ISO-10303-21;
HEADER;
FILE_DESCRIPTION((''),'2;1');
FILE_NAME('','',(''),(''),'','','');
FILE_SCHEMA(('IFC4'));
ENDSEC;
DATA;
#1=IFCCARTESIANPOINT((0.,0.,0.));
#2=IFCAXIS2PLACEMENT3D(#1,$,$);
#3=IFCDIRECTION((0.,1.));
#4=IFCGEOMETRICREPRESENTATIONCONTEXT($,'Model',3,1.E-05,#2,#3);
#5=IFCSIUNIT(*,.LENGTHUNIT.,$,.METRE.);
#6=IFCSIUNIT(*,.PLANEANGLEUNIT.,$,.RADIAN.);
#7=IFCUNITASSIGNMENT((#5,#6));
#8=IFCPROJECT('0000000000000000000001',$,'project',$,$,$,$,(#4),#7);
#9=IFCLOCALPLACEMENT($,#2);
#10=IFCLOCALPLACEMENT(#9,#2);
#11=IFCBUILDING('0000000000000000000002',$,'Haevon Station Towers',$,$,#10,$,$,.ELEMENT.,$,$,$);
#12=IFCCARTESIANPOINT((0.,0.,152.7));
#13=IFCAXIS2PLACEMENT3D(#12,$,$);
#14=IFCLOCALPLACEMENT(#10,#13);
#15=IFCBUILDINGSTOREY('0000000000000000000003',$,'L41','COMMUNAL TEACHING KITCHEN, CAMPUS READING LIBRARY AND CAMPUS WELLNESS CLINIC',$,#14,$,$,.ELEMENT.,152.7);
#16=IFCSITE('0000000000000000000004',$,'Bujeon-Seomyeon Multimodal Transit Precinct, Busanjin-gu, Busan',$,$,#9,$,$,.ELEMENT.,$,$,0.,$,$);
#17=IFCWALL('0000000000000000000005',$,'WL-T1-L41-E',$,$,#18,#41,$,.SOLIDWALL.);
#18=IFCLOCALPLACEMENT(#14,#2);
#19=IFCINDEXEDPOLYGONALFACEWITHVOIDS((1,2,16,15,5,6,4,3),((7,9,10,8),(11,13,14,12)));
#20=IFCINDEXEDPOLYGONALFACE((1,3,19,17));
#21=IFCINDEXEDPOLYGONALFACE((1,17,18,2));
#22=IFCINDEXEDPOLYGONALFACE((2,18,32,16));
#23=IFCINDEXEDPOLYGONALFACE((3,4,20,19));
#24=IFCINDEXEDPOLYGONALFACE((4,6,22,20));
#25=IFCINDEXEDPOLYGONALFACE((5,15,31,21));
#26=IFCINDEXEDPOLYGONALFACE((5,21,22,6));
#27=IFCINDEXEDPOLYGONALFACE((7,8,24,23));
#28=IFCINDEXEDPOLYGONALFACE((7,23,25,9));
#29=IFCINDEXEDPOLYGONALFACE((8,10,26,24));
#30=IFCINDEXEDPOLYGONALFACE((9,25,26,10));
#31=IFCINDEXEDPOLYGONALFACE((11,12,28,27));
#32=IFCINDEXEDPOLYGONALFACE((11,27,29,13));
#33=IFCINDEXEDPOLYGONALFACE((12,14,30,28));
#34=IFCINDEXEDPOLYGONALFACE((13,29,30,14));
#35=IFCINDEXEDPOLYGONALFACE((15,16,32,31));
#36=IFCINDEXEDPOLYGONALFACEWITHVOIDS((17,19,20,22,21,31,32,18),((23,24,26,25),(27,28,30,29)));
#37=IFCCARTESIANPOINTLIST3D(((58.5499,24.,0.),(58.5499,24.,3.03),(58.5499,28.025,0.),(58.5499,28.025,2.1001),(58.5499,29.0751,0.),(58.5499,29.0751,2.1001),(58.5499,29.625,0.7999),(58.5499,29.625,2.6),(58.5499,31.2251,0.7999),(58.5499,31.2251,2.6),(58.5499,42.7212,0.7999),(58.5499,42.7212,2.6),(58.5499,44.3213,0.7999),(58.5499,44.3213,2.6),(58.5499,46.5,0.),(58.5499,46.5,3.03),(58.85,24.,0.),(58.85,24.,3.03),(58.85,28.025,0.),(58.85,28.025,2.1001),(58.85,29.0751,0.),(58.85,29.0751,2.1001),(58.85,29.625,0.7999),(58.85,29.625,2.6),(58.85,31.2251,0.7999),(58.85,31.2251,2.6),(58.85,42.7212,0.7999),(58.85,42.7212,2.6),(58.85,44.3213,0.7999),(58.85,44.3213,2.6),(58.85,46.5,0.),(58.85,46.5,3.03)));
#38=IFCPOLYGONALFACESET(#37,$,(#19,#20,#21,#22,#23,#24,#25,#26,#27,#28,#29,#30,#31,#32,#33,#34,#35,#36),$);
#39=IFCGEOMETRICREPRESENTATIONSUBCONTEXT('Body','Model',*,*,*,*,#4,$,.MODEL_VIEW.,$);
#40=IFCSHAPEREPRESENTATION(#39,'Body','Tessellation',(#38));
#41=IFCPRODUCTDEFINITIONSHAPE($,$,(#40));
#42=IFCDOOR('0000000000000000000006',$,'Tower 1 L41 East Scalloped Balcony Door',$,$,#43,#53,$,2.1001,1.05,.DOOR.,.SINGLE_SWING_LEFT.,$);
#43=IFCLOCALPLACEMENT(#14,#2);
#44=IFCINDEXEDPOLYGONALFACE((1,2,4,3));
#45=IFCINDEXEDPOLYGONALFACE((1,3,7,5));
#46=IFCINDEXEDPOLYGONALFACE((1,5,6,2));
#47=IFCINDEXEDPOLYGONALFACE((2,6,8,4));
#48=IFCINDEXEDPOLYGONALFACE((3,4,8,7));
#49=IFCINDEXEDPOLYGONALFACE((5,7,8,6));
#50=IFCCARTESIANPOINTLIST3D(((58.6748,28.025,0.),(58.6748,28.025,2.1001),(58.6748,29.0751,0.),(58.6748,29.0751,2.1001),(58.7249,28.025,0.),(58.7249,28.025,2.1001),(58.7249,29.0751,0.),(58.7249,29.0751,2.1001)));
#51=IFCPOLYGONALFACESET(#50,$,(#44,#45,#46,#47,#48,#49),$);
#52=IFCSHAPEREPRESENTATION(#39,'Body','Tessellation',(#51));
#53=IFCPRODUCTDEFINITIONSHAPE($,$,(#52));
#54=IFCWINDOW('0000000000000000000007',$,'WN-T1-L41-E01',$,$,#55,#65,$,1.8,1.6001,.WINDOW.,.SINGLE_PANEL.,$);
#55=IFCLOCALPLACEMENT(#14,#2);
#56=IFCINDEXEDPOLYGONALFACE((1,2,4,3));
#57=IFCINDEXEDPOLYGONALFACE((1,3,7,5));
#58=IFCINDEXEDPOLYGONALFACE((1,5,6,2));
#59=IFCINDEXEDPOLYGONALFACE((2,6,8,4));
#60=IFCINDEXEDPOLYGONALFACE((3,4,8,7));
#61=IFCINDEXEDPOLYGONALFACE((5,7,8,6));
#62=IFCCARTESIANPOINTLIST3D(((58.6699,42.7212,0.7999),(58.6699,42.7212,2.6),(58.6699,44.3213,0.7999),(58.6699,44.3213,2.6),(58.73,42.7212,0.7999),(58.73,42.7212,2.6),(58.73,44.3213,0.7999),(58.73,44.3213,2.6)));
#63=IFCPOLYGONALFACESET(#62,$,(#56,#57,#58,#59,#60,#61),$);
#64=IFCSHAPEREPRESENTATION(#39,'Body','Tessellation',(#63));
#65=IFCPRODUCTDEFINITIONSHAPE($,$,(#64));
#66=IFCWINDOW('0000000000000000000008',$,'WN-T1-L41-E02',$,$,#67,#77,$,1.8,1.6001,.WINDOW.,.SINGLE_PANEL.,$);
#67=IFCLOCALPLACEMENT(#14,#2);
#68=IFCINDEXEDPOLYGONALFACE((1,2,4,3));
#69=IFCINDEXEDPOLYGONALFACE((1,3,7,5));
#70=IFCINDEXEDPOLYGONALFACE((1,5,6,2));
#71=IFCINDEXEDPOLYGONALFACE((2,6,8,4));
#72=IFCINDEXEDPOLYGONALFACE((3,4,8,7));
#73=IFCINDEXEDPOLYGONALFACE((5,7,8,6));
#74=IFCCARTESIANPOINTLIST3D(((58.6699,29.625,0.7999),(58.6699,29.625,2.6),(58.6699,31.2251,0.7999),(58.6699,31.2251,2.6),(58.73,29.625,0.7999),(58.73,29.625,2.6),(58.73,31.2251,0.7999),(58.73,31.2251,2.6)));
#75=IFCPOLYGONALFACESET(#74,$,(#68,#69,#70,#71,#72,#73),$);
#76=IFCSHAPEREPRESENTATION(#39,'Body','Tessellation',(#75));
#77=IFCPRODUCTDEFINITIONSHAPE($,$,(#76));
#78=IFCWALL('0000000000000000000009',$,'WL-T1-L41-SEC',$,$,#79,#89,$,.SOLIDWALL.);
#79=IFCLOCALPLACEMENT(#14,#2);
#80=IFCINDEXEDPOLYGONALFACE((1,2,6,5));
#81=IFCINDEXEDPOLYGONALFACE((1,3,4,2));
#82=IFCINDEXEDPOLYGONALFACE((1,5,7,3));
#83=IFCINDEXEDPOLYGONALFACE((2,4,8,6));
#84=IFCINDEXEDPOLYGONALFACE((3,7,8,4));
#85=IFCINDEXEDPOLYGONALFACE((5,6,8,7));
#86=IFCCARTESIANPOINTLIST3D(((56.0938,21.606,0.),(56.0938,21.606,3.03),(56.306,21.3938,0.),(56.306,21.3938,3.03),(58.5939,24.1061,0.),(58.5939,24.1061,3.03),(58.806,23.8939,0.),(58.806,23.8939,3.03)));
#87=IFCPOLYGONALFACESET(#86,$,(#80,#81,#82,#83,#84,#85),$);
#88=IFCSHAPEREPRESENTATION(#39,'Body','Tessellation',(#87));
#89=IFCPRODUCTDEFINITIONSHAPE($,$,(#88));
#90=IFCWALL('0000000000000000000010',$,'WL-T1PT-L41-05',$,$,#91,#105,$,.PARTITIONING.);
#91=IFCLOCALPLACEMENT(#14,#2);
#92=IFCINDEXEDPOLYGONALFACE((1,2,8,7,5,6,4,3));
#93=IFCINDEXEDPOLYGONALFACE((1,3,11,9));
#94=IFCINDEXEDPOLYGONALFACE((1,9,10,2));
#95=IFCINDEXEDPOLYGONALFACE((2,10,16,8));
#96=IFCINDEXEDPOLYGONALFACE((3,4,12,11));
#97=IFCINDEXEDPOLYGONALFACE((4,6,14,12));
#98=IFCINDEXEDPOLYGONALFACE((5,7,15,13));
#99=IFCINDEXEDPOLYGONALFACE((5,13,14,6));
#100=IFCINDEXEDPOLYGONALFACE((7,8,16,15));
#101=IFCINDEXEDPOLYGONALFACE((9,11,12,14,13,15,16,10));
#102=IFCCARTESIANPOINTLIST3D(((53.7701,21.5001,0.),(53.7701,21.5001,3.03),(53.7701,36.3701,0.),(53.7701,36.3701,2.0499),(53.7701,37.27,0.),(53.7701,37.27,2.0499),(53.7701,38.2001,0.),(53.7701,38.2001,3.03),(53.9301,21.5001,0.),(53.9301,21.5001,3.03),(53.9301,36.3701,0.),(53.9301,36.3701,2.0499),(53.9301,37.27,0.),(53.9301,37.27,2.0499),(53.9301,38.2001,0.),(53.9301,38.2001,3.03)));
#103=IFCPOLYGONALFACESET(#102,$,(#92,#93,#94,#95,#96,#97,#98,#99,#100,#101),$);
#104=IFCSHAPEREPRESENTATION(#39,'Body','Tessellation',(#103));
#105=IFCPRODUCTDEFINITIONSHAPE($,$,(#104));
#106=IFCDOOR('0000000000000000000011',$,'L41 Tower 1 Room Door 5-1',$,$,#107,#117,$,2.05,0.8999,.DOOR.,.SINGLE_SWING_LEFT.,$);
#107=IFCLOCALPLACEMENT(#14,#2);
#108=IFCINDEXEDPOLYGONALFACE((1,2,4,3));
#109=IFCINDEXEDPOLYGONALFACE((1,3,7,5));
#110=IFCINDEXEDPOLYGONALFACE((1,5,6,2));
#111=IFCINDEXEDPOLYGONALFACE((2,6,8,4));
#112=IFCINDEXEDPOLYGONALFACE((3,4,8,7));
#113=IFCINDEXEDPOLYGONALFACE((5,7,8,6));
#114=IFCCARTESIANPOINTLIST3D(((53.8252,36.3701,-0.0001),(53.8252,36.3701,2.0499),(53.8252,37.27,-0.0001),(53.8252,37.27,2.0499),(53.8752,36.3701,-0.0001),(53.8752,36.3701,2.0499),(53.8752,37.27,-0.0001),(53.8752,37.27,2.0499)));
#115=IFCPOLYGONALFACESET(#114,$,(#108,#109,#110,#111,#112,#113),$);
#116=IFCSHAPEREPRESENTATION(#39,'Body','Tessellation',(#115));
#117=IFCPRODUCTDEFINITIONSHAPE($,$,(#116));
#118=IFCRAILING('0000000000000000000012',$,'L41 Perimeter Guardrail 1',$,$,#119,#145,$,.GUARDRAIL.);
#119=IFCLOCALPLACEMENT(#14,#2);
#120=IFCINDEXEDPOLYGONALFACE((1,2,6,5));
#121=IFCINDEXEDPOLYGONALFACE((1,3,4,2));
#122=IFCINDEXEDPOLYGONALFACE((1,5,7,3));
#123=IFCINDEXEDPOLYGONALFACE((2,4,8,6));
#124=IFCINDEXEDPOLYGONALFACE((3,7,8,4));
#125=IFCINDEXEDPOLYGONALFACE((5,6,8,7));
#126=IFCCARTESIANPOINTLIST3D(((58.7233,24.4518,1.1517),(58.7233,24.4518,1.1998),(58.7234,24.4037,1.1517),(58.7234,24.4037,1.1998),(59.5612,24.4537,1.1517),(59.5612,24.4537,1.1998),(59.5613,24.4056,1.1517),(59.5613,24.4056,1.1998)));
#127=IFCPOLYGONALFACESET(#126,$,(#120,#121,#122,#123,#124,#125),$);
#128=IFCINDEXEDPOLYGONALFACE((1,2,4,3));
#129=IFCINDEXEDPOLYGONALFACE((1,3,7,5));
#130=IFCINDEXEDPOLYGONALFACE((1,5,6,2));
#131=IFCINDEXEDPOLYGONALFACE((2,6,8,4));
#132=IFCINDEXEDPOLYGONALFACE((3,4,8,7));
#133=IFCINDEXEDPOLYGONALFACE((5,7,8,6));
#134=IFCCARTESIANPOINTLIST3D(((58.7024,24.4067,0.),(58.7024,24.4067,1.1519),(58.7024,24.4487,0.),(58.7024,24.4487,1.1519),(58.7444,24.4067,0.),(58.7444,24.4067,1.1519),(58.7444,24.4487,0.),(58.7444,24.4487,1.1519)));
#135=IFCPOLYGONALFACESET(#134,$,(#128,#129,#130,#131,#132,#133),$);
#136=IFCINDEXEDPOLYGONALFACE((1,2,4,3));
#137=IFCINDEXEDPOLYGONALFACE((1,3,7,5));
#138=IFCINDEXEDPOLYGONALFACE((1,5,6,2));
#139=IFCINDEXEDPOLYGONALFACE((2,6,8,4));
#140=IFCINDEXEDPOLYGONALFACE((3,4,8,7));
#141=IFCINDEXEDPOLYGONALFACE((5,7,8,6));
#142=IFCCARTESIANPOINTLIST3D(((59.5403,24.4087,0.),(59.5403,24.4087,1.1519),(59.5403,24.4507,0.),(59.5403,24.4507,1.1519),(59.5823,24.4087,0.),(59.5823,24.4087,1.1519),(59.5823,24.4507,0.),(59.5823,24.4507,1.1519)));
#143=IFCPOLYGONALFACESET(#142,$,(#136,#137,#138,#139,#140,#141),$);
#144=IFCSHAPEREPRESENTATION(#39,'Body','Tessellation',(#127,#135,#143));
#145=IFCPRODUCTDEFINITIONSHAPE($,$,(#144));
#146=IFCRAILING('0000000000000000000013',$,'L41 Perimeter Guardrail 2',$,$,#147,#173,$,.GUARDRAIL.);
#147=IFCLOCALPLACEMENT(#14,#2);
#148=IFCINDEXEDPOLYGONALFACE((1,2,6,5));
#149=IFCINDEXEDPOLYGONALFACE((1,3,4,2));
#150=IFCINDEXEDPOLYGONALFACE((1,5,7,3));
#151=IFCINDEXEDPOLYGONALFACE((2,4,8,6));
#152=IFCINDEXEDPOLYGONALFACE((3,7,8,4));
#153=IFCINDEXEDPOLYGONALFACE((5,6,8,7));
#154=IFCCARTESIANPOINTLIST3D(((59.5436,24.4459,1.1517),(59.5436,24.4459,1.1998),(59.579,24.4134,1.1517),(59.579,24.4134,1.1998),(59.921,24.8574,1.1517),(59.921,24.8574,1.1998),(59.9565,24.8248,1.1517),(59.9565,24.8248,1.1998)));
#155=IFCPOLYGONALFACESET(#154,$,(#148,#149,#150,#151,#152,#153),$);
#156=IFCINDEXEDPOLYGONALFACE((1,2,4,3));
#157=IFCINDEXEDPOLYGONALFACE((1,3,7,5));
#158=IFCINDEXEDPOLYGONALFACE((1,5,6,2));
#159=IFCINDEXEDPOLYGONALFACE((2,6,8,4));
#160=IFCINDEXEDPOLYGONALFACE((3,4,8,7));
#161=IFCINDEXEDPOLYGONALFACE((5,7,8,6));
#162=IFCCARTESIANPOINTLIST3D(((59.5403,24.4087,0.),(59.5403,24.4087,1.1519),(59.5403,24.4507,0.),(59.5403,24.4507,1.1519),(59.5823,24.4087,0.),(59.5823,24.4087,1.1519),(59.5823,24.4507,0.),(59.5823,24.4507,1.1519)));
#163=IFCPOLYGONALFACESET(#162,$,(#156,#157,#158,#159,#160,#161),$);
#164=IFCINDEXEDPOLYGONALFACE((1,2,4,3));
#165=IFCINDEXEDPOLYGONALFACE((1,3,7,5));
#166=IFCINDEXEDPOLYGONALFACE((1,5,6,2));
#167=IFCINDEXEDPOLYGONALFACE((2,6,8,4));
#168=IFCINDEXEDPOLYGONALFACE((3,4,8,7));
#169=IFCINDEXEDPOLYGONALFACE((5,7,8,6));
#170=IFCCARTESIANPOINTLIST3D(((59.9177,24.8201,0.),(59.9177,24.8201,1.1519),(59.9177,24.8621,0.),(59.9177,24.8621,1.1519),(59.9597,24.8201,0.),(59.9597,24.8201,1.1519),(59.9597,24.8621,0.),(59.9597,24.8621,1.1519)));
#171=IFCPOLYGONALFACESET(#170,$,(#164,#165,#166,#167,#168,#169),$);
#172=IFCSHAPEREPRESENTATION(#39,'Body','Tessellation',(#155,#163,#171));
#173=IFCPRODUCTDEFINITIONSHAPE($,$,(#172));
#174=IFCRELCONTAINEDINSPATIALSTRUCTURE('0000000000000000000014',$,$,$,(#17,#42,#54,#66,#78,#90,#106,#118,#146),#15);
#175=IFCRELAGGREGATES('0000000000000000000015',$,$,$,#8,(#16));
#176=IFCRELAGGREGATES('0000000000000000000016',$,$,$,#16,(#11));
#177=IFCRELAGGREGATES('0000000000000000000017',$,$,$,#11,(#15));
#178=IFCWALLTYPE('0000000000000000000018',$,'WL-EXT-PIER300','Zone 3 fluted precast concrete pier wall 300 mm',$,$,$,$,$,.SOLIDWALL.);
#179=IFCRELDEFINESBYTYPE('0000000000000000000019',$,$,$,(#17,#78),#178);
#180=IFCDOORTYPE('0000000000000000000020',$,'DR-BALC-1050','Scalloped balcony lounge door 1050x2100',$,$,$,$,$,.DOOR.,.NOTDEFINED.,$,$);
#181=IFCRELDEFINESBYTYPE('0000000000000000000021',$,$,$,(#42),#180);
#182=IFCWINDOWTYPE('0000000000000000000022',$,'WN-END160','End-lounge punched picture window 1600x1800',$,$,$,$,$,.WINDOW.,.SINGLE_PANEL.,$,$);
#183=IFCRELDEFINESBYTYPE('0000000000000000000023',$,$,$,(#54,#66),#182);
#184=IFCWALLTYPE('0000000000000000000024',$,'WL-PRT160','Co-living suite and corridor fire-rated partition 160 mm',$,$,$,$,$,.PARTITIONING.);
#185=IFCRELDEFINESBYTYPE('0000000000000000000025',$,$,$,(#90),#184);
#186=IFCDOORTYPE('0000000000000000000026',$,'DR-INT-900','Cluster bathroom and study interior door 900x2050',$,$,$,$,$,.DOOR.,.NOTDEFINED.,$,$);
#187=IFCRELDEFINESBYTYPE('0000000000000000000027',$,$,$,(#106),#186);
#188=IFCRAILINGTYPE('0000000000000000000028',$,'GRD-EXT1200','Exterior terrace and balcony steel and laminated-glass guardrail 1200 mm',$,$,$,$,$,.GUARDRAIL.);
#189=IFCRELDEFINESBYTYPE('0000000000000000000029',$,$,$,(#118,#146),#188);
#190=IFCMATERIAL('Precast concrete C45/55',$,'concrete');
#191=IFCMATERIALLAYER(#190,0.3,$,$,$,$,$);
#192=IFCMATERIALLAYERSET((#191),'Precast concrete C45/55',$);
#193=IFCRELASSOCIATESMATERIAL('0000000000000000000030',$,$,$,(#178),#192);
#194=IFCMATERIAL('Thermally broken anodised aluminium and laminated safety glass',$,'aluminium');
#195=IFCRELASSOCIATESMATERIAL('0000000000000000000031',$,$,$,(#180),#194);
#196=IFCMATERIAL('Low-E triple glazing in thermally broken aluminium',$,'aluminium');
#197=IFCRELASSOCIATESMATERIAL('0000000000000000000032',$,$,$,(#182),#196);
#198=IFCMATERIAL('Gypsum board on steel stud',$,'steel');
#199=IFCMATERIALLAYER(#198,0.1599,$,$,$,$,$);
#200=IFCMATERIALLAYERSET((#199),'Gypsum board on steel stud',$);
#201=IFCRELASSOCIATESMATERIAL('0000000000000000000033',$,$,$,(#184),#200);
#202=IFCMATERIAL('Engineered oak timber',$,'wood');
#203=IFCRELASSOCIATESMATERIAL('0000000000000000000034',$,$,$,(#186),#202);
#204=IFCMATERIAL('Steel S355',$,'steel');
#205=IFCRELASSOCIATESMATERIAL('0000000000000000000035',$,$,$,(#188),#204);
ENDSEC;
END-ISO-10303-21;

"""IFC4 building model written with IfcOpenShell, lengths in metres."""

from ifc_helpers import new_model, si_unit, direction, frame, frame_2d, origin, origin_2d, place, context, subcontext, project, spatial, rectangle, extrude, material, layer, layer_set, type_object, element, fill, save


model = new_model("IFC4")

# Units and contexts
model_context = context("Model", 3, precision=1e-05, world=origin(), true_north=direction((0.0, 1.0)))
body_context = subcontext(model_context, "Body", "Model", "MODEL_VIEW")
ifc_project = project(units=[si_unit("LENGTHUNIT", "METRE"), si_unit("PLANEANGLEUNIT", "RADIAN")], contexts=[model_context])

# Site, building, storey
site_placement = place(None, origin())
site = spatial("IfcSite", under=ifc_project, at=site_placement, Name="Bujeon-Seomyeon Multimodal Transit Precinct, Busanjin-gu, Busan", CompositionType="ELEMENT", RefElevation=0.0)
building_placement = place(site_placement, origin())
building = spatial("IfcBuilding", under=site, at=building_placement, Name="Haevon Station Towers", CompositionType="ELEMENT")
storey_placement = place(building_placement, frame((0.0, 0.0, 152.7)))
storey = spatial("IfcBuildingStorey", under=building, at=storey_placement, Name="L41", Description="COMMUNAL TEACHING KITCHEN, CAMPUS READING LIBRARY AND CAMPUS WELLNESS CLINIC", CompositionType="ELEMENT", Elevation=152.7)

# Shared definitions
ifc_material_1 = material(Name="Steel S355", Category="steel")

# Shared definitions
ifc_material_2 = material(Name="Gypsum board on steel stud", Category="steel")

# Shared definitions
ifc_material_3 = material(Name="Precast concrete C45/55", Category="concrete")
ifc_layer_1 = layer(ifc_material_3, 0.3)
ifc_layer_set_1 = layer_set([ifc_layer_1], Name="Precast concrete C45/55")
wall_type_1 = type_object("IfcWallType", Name="WL-EXT-PIER300", Description="Zone 3 fluted precast concrete pier wall 300 mm", PredefinedType="SOLIDWALL", material=ifc_layer_set_1)
ifc_material_4 = material(Name="Low-E triple glazing in thermally broken aluminium", Category="aluminium")

# Wall, openings, door, windows
wall_1_placement = place(storey_placement, frame((58.7, 46.5, 0.0), z_axis=(0.0, 0.0, 1.0), x_axis=(0.0, -1.0, 0.0)))
wall_1 = element("IfcWall", 1, at=wall_1_placement, inside=storey, type_object=wall_type_1, Name="WL-T1-L41-E", PredefinedType="SOLIDWALL", context=body_context, shape_type="SweptSolid", body=[
    extrude(rectangle(XDim=22.5, YDim=0.3, at=frame_2d((11.25, 0.0))), origin(), (0.0, 0.0, 1.0), 3.03),
])
opening_1_placement = place(wall_1_placement, frame((17.425, 0.0, 0.0)))
opening_1 = element("IfcOpeningElement", 2, at=opening_1_placement, cuts=wall_1, PredefinedType="OPENING", context=body_context, shape_type="SweptSolid", body=[
    extrude(rectangle(XDim=1.05, YDim=2.1001, at=frame_2d((0.5249, 1.05))), frame((0.0, 0.1599, 0.0), z_axis=(0.0, -1.0, 0.0), x_axis=(1.0, 0.0, 0.0)), (0.0, 0.0, 1.0), 0.3201),
])
opening_2_placement = place(wall_1_placement, frame((2.1787, 0.0, 0.8)))
opening_2 = element("IfcOpeningElement", 3, at=opening_2_placement, cuts=wall_1, PredefinedType="OPENING", context=body_context, shape_type="SweptSolid", body=[
    extrude(rectangle(XDim=1.6001, YDim=1.8, at=frame_2d((0.8, 0.8999))), frame((0.0, 0.1599, 0.0), z_axis=(0.0, -1.0, 0.0), x_axis=(1.0, 0.0, 0.0)), (0.0, 0.0, 1.0), 0.3201),
])
opening_3_placement = place(wall_1_placement, frame((15.2749, 0.0, 0.8)))
opening_3 = element("IfcOpeningElement", 4, at=opening_3_placement, cuts=wall_1, PredefinedType="OPENING", context=body_context, shape_type="SweptSolid", body=[
    extrude(rectangle(XDim=1.6001, YDim=1.8, at=frame_2d((0.8, 0.8999))), frame((0.0, 0.1599, 0.0), z_axis=(0.0, -1.0, 0.0), x_axis=(1.0, 0.0, 0.0)), (0.0, 0.0, 1.0), 0.3201),
])
ifc_material_5 = material(Name="Thermally broken anodised aluminium and laminated safety glass", Category="aluminium")
door_type_1 = type_object("IfcDoorType", Name="DR-BALC-1050", Description="Scalloped balcony lounge door 1050x2100", OperationType="NOTDEFINED", PredefinedType="DOOR", material=ifc_material_5)
door_1_placement = place(opening_1_placement, origin())
door_1 = element("IfcDoor", 5, at=door_1_placement, inside=storey, type_object=door_type_1, Name="Tower 1 L41 East Scalloped Balcony Door", OperationType="SINGLE_SWING_LEFT", OverallHeight=2.1001, OverallWidth=1.05, PredefinedType="DOOR", context=body_context, shape_type="SweptSolid", body=[
    extrude(rectangle(XDim=1.05, YDim=2.1001, at=frame_2d((0.5249, 1.05))), frame((0.0, 0.0249, 0.0), z_axis=(0.0, -1.0, 0.0), x_axis=(1.0, 0.0, 0.0)), (0.0, 0.0, 1.0), 0.05),
])
fill(opening_1, door_1)
window_type_1 = type_object("IfcWindowType", Name="WN-END160", Description="End-lounge punched picture window 1600x1800", PartitioningType="SINGLE_PANEL", PredefinedType="WINDOW", material=ifc_material_4)
window_1_placement = place(opening_2_placement, origin())
window_1 = element("IfcWindow", 6, at=window_1_placement, inside=storey, type_object=window_type_1, Name="WN-T1-L41-E01", OverallHeight=1.8, OverallWidth=1.6001, PartitioningType="SINGLE_PANEL", PredefinedType="WINDOW", context=body_context, shape_type="SweptSolid", body=[
    extrude(rectangle(XDim=1.6001, YDim=1.8, at=frame_2d((0.8, 0.8999))), frame((0.0, 0.03, 0.0), z_axis=(0.0, -1.0, 0.0), x_axis=(1.0, 0.0, 0.0)), (0.0, 0.0, 1.0), 0.0601),
])
fill(opening_2, window_1)
window_2_placement = place(opening_3_placement, origin())
window_2 = element("IfcWindow", 7, at=window_2_placement, inside=storey, type_object=window_type_1, Name="WN-T1-L41-E02", OverallHeight=1.8, OverallWidth=1.6001, PartitioningType="SINGLE_PANEL", PredefinedType="WINDOW", context=body_context, shape_type="SweptSolid", body=[
    extrude(rectangle(XDim=1.6001, YDim=1.8, at=frame_2d((0.8, 0.8999))), frame((0.0, 0.03, 0.0), z_axis=(0.0, -1.0, 0.0), x_axis=(1.0, 0.0, 0.0)), (0.0, 0.0, 1.0), 0.0601),
])
fill(opening_3, window_2)

# Wall
wall_2_placement = place(storey_placement, frame((58.7, 24.0, 0.0), z_axis=(0.0, 0.0, 1.0), x_axis=(-0.707107, -0.707107, 0.0)))
element("IfcWall", 8, at=wall_2_placement, inside=storey, type_object=wall_type_1, Name="WL-T1-L41-SEC", PredefinedType="SOLIDWALL", context=body_context, shape_type="SweptSolid", body=[
    extrude(rectangle(XDim=3.5356, YDim=0.3, at=frame_2d((1.7678, 0.0))), origin(), (0.0, 0.0, 1.0), 3.03),
])

# Wall, opening, door
ifc_layer_2 = layer(ifc_material_2, 0.1599)
ifc_layer_set_2 = layer_set([ifc_layer_2], Name="Gypsum board on steel stud")
wall_type_2 = type_object("IfcWallType", Name="WL-PRT160", Description="Co-living suite and corridor fire-rated partition 160 mm", PredefinedType="PARTITIONING", material=ifc_layer_set_2)
wall_3_placement = place(storey_placement, frame((53.8501, 21.5, 0.0), z_axis=(0.0, 0.0, 1.0), x_axis=(0.0, 1.0, 0.0)))
wall_3 = element("IfcWall", 9, at=wall_3_placement, inside=storey, type_object=wall_type_2, Name="WL-T1PT-L41-05", PredefinedType="PARTITIONING", context=body_context, shape_type="SweptSolid", body=[
    extrude(rectangle(XDim=16.7, YDim=0.1599, at=frame_2d((8.3501, 0.0))), origin(), (0.0, 0.0, 1.0), 3.03),
])
opening_4_placement = place(wall_3_placement, frame((14.8701, 0.0, 0.0)))
opening_4 = element("IfcOpeningElement", 10, at=opening_4_placement, cuts=wall_3, PredefinedType="OPENING", context=body_context, shape_type="SweptSolid", body=[
    extrude(rectangle(XDim=0.8999, YDim=2.05, at=frame_2d((0.45, 1.0249))), frame((0.0, 0.0898, 0.0), z_axis=(0.0, -1.0, 0.0), x_axis=(1.0, 0.0, 0.0)), (0.0, 0.0, 1.0), 0.1799),
])
ifc_material_6 = material(Name="Engineered oak timber", Category="wood")
door_type_2 = type_object("IfcDoorType", Name="DR-INT-900", Description="Cluster bathroom and study interior door 900x2050", OperationType="NOTDEFINED", PredefinedType="DOOR", material=ifc_material_6)
door_2_placement = place(opening_4_placement, origin())
door_2 = element("IfcDoor", 11, at=door_2_placement, inside=storey, type_object=door_type_2, Name="L41 Tower 1 Room Door 5-1", OperationType="SINGLE_SWING_LEFT", OverallHeight=2.05, OverallWidth=0.8999, PredefinedType="DOOR", context=body_context, shape_type="SweptSolid", body=[
    extrude(rectangle(XDim=0.8999, YDim=2.05, at=frame_2d((0.45, 1.0249))), frame((0.0, 0.0249, 0.0), z_axis=(0.0, -1.0, 0.0), x_axis=(1.0, 0.0, 0.0)), (0.0, 0.0, 1.0), 0.05),
])
fill(opening_4, door_2)

# Railings
railing_type = type_object("IfcRailingType", Name="GRD-EXT1200", Description="Exterior terrace and balcony steel and laminated-glass guardrail 1200 mm", PredefinedType="GUARDRAIL", material=ifc_material_1)
railing_1_placement = place(storey_placement, frame((58.7234, 24.4277, 0.0)))
element("IfcRailing", 12, at=railing_1_placement, inside=storey, type_object=railing_type, Name="L41 Perimeter Guardrail 1", PredefinedType="GUARDRAIL", context=body_context, shape_type="SweptSolid", body=[
    extrude(rectangle(XDim=0.0481, YDim=0.0481, at=origin_2d()), frame((0.0, 0.0, 1.1758), z_axis=(0.999997, 0.002331, 0.0), x_axis=(-0.002331, 0.999997, 0.0)), (0.0, 0.0, 1.0), 0.8379),
    extrude(rectangle(XDim=0.042, YDim=0.042, at=origin_2d()), origin(), (0.0, 0.0, 1.0), 1.1519),
    extrude(rectangle(XDim=0.042, YDim=0.042, at=origin_2d()), frame((0.8379, 0.002, 0.0)), (0.0, 0.0, 1.0), 1.1519),
])
railing_2_placement = place(storey_placement, frame((59.5613, 24.4297, 0.0)))
element("IfcRailing", 13, at=railing_2_placement, inside=storey, type_object=railing_type, Name="L41 Perimeter Guardrail 2", PredefinedType="GUARDRAIL", context=body_context, shape_type="SweptSolid", body=[
    extrude(rectangle(XDim=0.0481, YDim=0.0481, at=origin_2d()), frame((0.0, 0.0, 1.1758), z_axis=(0.676061, 0.736845, 0.0), x_axis=(-0.736845, 0.676061, 0.0)), (0.0, 0.0, 1.0), 0.5583),
    extrude(rectangle(XDim=0.042, YDim=0.042, at=origin_2d()), origin(), (0.0, 0.0, 1.0), 1.1519),
    extrude(rectangle(XDim=0.042, YDim=0.042, at=origin_2d()), frame((0.3774, 0.4114, 0.0)), (0.0, 0.0, 1.0), 1.1519),
])

save(model, "model.ifc")
